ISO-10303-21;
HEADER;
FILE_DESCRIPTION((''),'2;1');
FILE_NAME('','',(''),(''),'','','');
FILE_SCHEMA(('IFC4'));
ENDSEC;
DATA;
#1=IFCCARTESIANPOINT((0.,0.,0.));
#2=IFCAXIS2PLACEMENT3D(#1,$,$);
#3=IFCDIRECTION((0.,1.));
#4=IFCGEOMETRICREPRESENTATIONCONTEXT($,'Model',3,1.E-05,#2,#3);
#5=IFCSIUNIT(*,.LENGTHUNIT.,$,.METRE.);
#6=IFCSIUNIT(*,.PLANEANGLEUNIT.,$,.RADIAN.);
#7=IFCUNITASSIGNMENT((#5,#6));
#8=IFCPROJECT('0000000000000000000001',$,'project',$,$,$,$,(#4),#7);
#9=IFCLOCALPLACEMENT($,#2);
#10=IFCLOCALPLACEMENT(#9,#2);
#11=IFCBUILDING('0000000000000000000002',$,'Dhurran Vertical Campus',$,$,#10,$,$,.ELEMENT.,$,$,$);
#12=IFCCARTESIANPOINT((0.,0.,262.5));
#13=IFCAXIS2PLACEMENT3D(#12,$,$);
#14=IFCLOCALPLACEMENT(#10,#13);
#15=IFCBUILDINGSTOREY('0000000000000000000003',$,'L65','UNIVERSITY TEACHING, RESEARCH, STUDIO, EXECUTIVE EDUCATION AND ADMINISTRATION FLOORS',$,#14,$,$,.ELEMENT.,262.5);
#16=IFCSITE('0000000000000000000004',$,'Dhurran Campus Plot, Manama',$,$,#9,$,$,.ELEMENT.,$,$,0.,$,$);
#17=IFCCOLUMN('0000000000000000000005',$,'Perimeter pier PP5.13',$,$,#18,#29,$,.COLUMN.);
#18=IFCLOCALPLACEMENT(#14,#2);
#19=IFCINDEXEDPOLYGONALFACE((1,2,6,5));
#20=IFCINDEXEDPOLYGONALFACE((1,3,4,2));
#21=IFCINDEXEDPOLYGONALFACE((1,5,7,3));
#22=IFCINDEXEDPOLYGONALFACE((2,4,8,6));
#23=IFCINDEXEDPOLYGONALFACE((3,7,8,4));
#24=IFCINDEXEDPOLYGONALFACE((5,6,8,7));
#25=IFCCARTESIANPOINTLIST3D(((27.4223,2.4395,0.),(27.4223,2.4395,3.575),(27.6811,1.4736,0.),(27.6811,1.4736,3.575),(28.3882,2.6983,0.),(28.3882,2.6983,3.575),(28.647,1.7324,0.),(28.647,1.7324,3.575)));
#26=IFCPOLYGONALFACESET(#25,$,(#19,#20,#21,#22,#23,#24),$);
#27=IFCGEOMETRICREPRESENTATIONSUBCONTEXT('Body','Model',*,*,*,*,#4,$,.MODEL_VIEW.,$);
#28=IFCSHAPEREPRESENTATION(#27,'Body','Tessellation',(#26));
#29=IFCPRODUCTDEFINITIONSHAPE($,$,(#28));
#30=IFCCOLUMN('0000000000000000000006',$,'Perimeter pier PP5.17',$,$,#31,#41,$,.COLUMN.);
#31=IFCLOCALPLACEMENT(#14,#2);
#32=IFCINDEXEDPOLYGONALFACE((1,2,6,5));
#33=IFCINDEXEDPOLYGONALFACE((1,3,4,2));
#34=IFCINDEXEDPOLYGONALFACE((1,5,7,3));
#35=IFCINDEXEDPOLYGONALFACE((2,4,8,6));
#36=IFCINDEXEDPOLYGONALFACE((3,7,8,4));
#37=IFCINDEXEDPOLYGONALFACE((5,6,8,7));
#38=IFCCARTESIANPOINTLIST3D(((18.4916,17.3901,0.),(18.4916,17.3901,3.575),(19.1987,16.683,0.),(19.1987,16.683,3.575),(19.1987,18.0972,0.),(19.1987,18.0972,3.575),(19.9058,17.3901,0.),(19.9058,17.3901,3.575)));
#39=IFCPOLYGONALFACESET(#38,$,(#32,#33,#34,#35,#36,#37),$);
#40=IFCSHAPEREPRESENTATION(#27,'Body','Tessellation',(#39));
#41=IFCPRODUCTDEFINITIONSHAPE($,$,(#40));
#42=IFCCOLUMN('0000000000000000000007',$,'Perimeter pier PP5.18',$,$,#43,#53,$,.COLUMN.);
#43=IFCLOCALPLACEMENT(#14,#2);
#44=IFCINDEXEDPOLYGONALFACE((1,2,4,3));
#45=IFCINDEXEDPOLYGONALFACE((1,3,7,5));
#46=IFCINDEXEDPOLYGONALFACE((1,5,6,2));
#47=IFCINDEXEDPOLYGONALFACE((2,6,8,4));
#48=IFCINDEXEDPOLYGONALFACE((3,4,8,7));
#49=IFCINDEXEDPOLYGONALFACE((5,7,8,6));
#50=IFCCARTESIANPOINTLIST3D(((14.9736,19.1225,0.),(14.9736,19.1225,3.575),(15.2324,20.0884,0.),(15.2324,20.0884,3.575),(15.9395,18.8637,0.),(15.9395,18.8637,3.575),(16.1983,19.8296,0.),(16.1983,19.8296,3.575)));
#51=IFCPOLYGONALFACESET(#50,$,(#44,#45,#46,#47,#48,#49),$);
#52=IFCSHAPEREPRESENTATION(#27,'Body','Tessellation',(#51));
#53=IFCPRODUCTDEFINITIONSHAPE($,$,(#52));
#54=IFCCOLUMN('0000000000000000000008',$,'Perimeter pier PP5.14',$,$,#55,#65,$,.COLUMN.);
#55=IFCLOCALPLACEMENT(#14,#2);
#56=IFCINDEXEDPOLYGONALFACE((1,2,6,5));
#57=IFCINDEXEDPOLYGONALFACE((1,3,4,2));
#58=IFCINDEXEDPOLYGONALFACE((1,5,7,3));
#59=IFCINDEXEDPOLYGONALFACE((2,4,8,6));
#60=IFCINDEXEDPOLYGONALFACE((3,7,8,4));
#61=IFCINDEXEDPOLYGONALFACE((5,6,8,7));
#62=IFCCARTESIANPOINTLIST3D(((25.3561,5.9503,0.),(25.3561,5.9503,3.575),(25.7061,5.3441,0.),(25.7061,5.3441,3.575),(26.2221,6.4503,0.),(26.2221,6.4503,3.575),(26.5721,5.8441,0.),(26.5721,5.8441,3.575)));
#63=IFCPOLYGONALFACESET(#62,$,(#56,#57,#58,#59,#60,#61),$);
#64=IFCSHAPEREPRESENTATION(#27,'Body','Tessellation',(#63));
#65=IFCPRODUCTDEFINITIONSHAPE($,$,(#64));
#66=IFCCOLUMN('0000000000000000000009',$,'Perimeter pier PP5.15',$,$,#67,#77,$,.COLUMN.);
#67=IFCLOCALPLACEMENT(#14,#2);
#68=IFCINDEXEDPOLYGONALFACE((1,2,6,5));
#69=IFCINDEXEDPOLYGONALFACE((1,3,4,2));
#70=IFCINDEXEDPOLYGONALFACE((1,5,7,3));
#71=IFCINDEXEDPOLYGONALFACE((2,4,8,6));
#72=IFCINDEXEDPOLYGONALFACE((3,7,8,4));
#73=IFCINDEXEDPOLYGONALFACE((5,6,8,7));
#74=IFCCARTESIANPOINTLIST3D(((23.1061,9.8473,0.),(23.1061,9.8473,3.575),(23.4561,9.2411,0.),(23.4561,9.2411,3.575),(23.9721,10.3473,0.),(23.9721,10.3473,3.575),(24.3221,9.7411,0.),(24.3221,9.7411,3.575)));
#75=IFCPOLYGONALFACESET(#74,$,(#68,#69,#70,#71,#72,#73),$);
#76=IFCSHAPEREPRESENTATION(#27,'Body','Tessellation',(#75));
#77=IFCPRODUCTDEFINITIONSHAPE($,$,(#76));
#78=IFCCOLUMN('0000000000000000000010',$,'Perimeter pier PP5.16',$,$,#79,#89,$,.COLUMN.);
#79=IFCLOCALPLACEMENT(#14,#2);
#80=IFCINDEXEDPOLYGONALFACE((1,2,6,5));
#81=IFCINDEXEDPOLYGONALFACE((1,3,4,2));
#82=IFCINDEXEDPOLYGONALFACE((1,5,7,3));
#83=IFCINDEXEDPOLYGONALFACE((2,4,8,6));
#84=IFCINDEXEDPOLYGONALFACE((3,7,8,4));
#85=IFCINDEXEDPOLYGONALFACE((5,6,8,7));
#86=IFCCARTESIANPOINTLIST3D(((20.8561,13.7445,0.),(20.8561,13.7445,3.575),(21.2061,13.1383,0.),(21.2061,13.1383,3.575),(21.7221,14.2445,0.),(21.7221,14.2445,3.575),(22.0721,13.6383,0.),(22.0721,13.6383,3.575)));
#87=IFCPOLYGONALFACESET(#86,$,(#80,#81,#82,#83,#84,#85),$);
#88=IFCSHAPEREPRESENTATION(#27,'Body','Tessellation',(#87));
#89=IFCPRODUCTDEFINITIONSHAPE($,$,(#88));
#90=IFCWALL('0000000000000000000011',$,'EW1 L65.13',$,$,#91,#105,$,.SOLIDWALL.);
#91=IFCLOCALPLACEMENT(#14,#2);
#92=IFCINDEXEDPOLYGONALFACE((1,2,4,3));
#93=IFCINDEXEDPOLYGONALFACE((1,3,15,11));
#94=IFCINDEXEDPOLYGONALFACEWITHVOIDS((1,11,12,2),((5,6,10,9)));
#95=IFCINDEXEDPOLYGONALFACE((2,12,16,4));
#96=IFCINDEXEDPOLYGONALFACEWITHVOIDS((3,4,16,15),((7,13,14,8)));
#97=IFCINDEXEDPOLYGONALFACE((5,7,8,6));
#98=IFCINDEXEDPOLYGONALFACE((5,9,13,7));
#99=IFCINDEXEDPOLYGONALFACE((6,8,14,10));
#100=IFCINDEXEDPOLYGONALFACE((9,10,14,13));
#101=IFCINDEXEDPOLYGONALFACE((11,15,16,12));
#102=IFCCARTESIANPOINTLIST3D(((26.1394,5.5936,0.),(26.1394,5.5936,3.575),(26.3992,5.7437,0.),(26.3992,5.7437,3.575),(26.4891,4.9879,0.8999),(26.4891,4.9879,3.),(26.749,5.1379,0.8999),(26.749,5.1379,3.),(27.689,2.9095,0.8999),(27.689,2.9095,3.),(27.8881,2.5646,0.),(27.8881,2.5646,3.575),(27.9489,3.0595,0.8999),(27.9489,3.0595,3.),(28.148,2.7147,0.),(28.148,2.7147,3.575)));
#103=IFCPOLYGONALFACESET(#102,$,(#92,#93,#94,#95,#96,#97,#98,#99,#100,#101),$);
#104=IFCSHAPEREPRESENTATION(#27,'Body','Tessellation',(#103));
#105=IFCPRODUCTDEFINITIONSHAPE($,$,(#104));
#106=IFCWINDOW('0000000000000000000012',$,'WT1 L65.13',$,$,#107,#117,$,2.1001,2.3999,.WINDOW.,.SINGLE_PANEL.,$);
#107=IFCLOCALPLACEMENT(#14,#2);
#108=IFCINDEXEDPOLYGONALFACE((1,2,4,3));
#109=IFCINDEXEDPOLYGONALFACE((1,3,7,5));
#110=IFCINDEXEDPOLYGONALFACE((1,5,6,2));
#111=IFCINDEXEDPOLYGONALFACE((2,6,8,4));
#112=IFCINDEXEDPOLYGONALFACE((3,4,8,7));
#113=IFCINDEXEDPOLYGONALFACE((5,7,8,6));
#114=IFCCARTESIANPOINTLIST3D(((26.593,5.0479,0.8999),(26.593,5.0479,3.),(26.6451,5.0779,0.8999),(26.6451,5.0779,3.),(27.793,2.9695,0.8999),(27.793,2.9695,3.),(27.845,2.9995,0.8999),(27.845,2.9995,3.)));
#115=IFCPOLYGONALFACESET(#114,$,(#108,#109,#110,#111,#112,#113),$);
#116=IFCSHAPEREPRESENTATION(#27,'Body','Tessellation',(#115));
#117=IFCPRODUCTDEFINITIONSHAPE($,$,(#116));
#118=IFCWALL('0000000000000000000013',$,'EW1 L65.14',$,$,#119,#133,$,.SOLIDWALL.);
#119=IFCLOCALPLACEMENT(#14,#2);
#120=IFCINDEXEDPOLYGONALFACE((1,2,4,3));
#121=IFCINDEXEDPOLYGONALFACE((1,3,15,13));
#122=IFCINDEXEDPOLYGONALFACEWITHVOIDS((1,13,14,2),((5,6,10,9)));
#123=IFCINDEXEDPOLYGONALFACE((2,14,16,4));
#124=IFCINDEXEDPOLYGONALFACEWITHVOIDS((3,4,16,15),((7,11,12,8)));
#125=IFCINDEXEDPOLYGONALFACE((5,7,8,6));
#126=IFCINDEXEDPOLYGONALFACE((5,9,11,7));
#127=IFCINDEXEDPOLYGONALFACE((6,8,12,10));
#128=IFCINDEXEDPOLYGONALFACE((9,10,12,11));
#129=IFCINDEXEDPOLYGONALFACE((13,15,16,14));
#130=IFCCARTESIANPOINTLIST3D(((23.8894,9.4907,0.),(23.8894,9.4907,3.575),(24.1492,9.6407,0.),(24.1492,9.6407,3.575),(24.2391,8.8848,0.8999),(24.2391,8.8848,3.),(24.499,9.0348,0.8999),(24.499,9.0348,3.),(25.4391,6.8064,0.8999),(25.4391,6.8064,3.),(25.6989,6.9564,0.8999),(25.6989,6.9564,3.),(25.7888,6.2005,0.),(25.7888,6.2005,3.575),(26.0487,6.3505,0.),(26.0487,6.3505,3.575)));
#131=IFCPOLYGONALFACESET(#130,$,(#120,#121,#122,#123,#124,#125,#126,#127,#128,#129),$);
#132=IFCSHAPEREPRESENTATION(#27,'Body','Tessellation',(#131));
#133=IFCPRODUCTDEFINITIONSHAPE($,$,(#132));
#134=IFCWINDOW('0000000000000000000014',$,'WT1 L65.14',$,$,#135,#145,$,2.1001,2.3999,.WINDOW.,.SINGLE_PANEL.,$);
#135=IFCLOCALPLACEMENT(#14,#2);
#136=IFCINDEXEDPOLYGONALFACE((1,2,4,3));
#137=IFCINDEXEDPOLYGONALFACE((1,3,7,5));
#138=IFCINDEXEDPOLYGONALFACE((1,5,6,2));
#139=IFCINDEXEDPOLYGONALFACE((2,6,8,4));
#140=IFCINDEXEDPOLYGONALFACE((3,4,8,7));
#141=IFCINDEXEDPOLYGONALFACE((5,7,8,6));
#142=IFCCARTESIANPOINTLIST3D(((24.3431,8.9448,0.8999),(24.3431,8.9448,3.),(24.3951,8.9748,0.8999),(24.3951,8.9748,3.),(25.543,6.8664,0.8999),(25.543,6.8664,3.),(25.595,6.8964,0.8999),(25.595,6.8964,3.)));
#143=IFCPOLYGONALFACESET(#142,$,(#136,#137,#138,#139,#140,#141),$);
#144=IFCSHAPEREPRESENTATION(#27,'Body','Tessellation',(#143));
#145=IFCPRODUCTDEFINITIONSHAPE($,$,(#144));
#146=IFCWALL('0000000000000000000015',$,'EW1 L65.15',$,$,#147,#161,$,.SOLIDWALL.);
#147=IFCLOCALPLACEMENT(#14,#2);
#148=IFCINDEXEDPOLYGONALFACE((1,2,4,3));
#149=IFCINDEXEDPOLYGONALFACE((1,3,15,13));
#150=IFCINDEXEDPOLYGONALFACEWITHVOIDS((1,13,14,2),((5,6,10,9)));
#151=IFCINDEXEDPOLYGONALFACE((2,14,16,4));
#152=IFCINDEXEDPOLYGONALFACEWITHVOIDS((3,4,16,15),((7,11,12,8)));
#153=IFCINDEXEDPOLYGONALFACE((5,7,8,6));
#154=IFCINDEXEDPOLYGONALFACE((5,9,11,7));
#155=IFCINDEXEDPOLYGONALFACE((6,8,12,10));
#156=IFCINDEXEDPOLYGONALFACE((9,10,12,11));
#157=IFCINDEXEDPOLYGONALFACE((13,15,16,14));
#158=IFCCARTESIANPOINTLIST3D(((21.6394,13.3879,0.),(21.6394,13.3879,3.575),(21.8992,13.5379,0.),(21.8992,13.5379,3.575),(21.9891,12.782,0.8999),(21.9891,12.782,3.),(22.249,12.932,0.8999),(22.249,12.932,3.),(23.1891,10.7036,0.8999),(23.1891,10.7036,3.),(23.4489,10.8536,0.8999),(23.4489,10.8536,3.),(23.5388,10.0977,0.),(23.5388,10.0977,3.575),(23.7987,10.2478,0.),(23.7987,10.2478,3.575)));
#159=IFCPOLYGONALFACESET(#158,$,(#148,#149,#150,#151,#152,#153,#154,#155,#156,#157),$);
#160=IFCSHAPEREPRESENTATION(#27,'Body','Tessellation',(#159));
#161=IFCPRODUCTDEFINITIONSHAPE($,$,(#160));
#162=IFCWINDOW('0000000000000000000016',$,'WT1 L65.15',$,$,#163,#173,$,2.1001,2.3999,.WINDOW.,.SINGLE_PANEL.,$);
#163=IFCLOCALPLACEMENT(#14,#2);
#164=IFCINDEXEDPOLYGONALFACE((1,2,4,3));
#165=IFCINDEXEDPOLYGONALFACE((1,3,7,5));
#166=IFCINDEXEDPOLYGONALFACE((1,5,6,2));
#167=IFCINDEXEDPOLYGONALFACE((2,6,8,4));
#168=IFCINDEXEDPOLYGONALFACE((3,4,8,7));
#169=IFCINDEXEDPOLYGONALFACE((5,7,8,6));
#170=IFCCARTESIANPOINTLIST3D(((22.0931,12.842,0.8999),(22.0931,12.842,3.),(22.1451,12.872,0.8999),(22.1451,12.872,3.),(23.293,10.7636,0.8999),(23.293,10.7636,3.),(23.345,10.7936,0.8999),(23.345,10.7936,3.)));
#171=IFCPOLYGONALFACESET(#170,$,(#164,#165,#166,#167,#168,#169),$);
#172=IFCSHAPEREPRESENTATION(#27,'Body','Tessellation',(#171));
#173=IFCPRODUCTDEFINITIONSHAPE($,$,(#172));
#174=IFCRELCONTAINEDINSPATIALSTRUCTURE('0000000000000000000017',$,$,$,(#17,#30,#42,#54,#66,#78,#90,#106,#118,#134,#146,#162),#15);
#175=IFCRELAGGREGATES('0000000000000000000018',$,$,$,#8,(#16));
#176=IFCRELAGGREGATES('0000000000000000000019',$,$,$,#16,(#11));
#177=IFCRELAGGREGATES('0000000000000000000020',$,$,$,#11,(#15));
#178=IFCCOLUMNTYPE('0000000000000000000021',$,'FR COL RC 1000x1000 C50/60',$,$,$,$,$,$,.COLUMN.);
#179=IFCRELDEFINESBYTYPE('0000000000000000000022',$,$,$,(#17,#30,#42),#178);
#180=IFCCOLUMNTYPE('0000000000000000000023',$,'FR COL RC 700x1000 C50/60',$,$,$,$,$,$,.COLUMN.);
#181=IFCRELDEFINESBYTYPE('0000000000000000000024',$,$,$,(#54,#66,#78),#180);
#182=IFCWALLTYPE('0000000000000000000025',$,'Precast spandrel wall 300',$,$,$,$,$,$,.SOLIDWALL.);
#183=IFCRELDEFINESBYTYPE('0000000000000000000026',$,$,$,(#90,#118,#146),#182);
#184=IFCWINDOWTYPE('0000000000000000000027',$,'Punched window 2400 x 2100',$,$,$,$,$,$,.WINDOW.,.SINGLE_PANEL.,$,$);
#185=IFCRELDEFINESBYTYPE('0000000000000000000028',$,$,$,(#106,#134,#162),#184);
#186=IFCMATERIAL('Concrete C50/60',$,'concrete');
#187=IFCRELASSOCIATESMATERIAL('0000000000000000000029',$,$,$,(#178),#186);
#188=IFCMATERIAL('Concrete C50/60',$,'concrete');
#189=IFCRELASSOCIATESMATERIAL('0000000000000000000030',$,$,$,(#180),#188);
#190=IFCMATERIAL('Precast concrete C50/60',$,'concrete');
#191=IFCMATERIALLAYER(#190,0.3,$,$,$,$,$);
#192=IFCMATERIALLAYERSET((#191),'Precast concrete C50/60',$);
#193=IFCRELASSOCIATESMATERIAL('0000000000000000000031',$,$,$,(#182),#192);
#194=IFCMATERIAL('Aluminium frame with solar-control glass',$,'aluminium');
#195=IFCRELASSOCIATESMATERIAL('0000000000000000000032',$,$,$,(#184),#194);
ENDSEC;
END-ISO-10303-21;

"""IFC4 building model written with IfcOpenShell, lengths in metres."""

from ifc_helpers import new_model, si_unit, direction, frame, frame_2d, origin, origin_2d, place, context, subcontext, project, spatial, rectangle, extrude, material, layer, layer_set, material_profile, profile_set, type_object, element, fill, save


model = new_model("IFC4")

# Units and contexts
model_context = context("Model", 3, precision=1e-05, world=origin(), true_north=direction((0.0, 1.0)))
body_context = subcontext(model_context, "Body", "Model", "MODEL_VIEW")
ifc_project = project(units=[si_unit("LENGTHUNIT", "METRE"), si_unit("PLANEANGLEUNIT", "RADIAN")], contexts=[model_context])

# Site, building, storey
site_placement = place(None, origin())
site = spatial("IfcSite", under=ifc_project, at=site_placement, Name="Dhurran Campus Plot, Manama", CompositionType="ELEMENT", RefElevation=0.0)
building_placement = place(site_placement, origin())
building = spatial("IfcBuilding", under=site, at=building_placement, Name="Dhurran Vertical Campus", CompositionType="ELEMENT")
storey_placement = place(building_placement, frame((0.0, 0.0, 262.5)))
storey = spatial("IfcBuildingStorey", under=building, at=storey_placement, Name="L65", Description="UNIVERSITY TEACHING, RESEARCH, STUDIO, EXECUTIVE EDUCATION AND ADMINISTRATION FLOORS", CompositionType="ELEMENT", Elevation=262.5)

# Columns
ifc_material_1 = material(Name="Concrete C50/60", Category="concrete")
ifc_material_profile_1 = material_profile(ifc_material_1, rectangle(XDim=1.0, YDim=1.0, at=origin_2d()), Name="RC 1000x1000")
ifc_profile_set_1 = profile_set([ifc_material_profile_1], Name="Concrete C50/60")
column_type_1 = type_object("IfcColumnType", Name="FR COL RC 1000x1000 C50/60", PredefinedType="COLUMN", material=ifc_profile_set_1)
for number, where, z_axis, x_axis, name in (
    (1, (28.0347, 2.0859, 0.0), (0.0, 0.0, 1.0), (-0.258819, 0.965926, 0.0), "Perimeter pier PP5.13"),
    (2, (19.1987, 17.3901, 0.0), (0.0, 0.0, 1.0), (-0.707107, 0.707107, 0.0), "Perimeter pier PP5.17"),
    (3, (15.5859, 19.4761, 0.0), (0.0, 0.0, 1.0), (-0.965926, 0.258819, 0.0), "Perimeter pier PP5.18"),
):
    element("IfcColumn", number, at=place(storey_placement, frame(where, z_axis=z_axis, x_axis=x_axis)), inside=storey, type_object=column_type_1, Name=name, PredefinedType="COLUMN", context=body_context, shape_type="SweptSolid", body=[
        extrude(rectangle(XDim=1.0, YDim=1.0, at=origin_2d()), origin(), (0.0, 0.0, 1.0), 3.575),
    ])
ifc_material_2 = material(Name="Concrete C50/60", Category="concrete")
ifc_material_profile_2 = material_profile(ifc_material_2, rectangle(XDim=0.7, YDim=1.0, at=origin_2d()), Name="RC 700x1000")
ifc_profile_set_2 = profile_set([ifc_material_profile_2], Name="Concrete C50/60")
column_type_2 = type_object("IfcColumnType", Name="FR COL RC 700x1000 C50/60", PredefinedType="COLUMN", material=ifc_profile_set_2)
for number, where, z_axis, x_axis, name in (
    (4, (25.9641, 5.8972, 0.0), (0.0, 0.0, 1.0), (-0.5, 0.866025, 0.0), "Perimeter pier PP5.14"),
    (5, (23.7141, 9.7942, 0.0), (0.0, 0.0, 1.0), (-0.5, 0.866025, 0.0), "Perimeter pier PP5.15"),
    (6, (21.4641, 13.6914, 0.0), (0.0, 0.0, 1.0), (-0.5, 0.866025, 0.0), "Perimeter pier PP5.16"),
):
    element("IfcColumn", number, at=place(storey_placement, frame(where, z_axis=z_axis, x_axis=x_axis)), inside=storey, type_object=column_type_2, Name=name, PredefinedType="COLUMN", context=body_context, shape_type="SweptSolid", body=[
        extrude(rectangle(XDim=0.7, YDim=1.0, at=origin_2d()), origin(), (0.0, 0.0, 1.0), 3.575),
    ])

# Walls, openings, windows
ifc_material_3 = material(Name="Precast concrete C50/60", Category="concrete")
ifc_layer_1 = layer(ifc_material_3, 0.3)
ifc_layer_set_1 = layer_set([ifc_layer_1], Name="Precast concrete C50/60")
wall_type_1 = type_object("IfcWallType", Name="Precast spandrel wall 300", PredefinedType="SOLIDWALL", material=ifc_layer_set_1)
wall_1_placement = place(storey_placement, frame((28.0181, 2.6396, 0.0), z_axis=(0.0, 0.0, 1.0), x_axis=(-0.49999, 0.866031, 0.0)))
wall_1 = element("IfcWall", 7, at=wall_1_placement, inside=storey, type_object=wall_type_1, Name="EW1 L65.13", PredefinedType="SOLIDWALL", context=body_context, shape_type="SweptSolid", body=[
    extrude(rectangle(XDim=3.4976, YDim=0.3, at=frame_2d((1.7488, 0.0))), origin(), (0.0, 0.0, 1.0), 3.575),
])
opening_1_placement = place(wall_1_placement, frame((0.3982, 0.0, 0.8999)))
opening_1 = element("IfcOpeningElement", 8, at=opening_1_placement, cuts=wall_1, PredefinedType="OPENING", context=body_context, shape_type="SweptSolid", body=[
    extrude(rectangle(XDim=2.3999, YDim=2.1001, at=frame_2d((1.2, 1.05))), frame((0.0, 0.1599, 0.0), z_axis=(0.0, -1.0, 0.0), x_axis=(1.0, 0.0, 0.0)), (0.0, 0.0, 1.0), 0.3201),
])
ifc_material_4 = material(Name="Aluminium frame with solar-control glass", Category="aluminium")
window_type = type_object("IfcWindowType", Name="Punched window 2400 x 2100", PartitioningType="SINGLE_PANEL", PredefinedType="WINDOW", material=ifc_material_4)
window_1_placement = place(opening_1_placement, origin())
window_1 = element("IfcWindow", 9, at=window_1_placement, inside=storey, type_object=window_type, Name="WT1 L65.13", OverallHeight=2.1001, OverallWidth=2.3999, PartitioningType="SINGLE_PANEL", PredefinedType="WINDOW", context=body_context, shape_type="SweptSolid", body=[
    extrude(rectangle(XDim=2.3999, YDim=2.1001, at=frame_2d((1.2, 1.05))), frame((0.0, 0.03, 0.0), z_axis=(0.0, -1.0, 0.0), x_axis=(1.0, 0.0, 0.0)), (0.0, 0.0, 1.0), 0.0601),
])
fill(opening_1, window_1)
wall_2_placement = place(storey_placement, frame((25.9187, 6.2756, 0.0), z_axis=(0.0, 0.0, 1.0), x_axis=(-0.499982, 0.866036, 0.0)))
wall_2 = element("IfcWall", 10, at=wall_2_placement, inside=storey, type_object=wall_type_1, Name="EW1 L65.14", PredefinedType="SOLIDWALL", context=body_context, shape_type="SweptSolid", body=[
    extrude(rectangle(XDim=3.7991, YDim=0.3, at=frame_2d((1.8994, 0.0))), origin(), (0.0, 0.0, 1.0), 3.575),
])
opening_2_placement = place(wall_2_placement, frame((0.6995, 0.0, 0.8999)))
opening_2 = element("IfcOpeningElement", 11, at=opening_2_placement, cuts=wall_2, PredefinedType="OPENING", context=body_context, shape_type="SweptSolid", body=[
    extrude(rectangle(XDim=2.3999, YDim=2.1001, at=frame_2d((1.2, 1.05))), frame((0.0, 0.1599, 0.0), z_axis=(0.0, -1.0, 0.0), x_axis=(1.0, 0.0, 0.0)), (0.0, 0.0, 1.0), 0.3201),
])
window_2_placement = place(opening_2_placement, origin())
window_2 = element("IfcWindow", 12, at=window_2_placement, inside=storey, type_object=window_type, Name="WT1 L65.14", OverallHeight=2.1001, OverallWidth=2.3999, PartitioningType="SINGLE_PANEL", PredefinedType="WINDOW", context=body_context, shape_type="SweptSolid", body=[
    extrude(rectangle(XDim=2.3999, YDim=2.1001, at=frame_2d((1.2, 1.05))), frame((0.0, 0.03, 0.0), z_axis=(0.0, -1.0, 0.0), x_axis=(1.0, 0.0, 0.0)), (0.0, 0.0, 1.0), 0.0601),
])
fill(opening_2, window_2)
wall_3_placement = place(storey_placement, frame((23.6687, 10.1729, 0.0), z_axis=(0.0, 0.0, 1.0), x_axis=(-0.499982, 0.866036, 0.0)))
wall_3 = element("IfcWall", 13, at=wall_3_placement, inside=storey, type_object=wall_type_1, Name="EW1 L65.15", PredefinedType="SOLIDWALL", context=body_context, shape_type="SweptSolid", body=[
    extrude(rectangle(XDim=3.7991, YDim=0.3, at=frame_2d((1.8994, 0.0))), origin(), (0.0, 0.0, 1.0), 3.575),
])
opening_3_placement = place(wall_3_placement, frame((0.6995, 0.0, 0.8999)))
opening_3 = element("IfcOpeningElement", 14, at=opening_3_placement, cuts=wall_3, PredefinedType="OPENING", context=body_context, shape_type="SweptSolid", body=[
    extrude(rectangle(XDim=2.3999, YDim=2.1001, at=frame_2d((1.2, 1.05))), frame((0.0, 0.1599, 0.0), z_axis=(0.0, -1.0, 0.0), x_axis=(1.0, 0.0, 0.0)), (0.0, 0.0, 1.0), 0.3201),
])
window_3_placement = place(opening_3_placement, origin())
window_3 = element("IfcWindow", 15, at=window_3_placement, inside=storey, type_object=window_type, Name="WT1 L65.15", OverallHeight=2.1001, OverallWidth=2.3999, PartitioningType="SINGLE_PANEL", PredefinedType="WINDOW", context=body_context, shape_type="SweptSolid", body=[
    extrude(rectangle(XDim=2.3999, YDim=2.1001, at=frame_2d((1.2, 1.05))), frame((0.0, 0.03, 0.0), z_axis=(0.0, -1.0, 0.0), x_axis=(1.0, 0.0, 0.0)), (0.0, 0.0, 1.0), 0.0601),
])
fill(opening_3, window_3)

save(model, "model.ifc")
